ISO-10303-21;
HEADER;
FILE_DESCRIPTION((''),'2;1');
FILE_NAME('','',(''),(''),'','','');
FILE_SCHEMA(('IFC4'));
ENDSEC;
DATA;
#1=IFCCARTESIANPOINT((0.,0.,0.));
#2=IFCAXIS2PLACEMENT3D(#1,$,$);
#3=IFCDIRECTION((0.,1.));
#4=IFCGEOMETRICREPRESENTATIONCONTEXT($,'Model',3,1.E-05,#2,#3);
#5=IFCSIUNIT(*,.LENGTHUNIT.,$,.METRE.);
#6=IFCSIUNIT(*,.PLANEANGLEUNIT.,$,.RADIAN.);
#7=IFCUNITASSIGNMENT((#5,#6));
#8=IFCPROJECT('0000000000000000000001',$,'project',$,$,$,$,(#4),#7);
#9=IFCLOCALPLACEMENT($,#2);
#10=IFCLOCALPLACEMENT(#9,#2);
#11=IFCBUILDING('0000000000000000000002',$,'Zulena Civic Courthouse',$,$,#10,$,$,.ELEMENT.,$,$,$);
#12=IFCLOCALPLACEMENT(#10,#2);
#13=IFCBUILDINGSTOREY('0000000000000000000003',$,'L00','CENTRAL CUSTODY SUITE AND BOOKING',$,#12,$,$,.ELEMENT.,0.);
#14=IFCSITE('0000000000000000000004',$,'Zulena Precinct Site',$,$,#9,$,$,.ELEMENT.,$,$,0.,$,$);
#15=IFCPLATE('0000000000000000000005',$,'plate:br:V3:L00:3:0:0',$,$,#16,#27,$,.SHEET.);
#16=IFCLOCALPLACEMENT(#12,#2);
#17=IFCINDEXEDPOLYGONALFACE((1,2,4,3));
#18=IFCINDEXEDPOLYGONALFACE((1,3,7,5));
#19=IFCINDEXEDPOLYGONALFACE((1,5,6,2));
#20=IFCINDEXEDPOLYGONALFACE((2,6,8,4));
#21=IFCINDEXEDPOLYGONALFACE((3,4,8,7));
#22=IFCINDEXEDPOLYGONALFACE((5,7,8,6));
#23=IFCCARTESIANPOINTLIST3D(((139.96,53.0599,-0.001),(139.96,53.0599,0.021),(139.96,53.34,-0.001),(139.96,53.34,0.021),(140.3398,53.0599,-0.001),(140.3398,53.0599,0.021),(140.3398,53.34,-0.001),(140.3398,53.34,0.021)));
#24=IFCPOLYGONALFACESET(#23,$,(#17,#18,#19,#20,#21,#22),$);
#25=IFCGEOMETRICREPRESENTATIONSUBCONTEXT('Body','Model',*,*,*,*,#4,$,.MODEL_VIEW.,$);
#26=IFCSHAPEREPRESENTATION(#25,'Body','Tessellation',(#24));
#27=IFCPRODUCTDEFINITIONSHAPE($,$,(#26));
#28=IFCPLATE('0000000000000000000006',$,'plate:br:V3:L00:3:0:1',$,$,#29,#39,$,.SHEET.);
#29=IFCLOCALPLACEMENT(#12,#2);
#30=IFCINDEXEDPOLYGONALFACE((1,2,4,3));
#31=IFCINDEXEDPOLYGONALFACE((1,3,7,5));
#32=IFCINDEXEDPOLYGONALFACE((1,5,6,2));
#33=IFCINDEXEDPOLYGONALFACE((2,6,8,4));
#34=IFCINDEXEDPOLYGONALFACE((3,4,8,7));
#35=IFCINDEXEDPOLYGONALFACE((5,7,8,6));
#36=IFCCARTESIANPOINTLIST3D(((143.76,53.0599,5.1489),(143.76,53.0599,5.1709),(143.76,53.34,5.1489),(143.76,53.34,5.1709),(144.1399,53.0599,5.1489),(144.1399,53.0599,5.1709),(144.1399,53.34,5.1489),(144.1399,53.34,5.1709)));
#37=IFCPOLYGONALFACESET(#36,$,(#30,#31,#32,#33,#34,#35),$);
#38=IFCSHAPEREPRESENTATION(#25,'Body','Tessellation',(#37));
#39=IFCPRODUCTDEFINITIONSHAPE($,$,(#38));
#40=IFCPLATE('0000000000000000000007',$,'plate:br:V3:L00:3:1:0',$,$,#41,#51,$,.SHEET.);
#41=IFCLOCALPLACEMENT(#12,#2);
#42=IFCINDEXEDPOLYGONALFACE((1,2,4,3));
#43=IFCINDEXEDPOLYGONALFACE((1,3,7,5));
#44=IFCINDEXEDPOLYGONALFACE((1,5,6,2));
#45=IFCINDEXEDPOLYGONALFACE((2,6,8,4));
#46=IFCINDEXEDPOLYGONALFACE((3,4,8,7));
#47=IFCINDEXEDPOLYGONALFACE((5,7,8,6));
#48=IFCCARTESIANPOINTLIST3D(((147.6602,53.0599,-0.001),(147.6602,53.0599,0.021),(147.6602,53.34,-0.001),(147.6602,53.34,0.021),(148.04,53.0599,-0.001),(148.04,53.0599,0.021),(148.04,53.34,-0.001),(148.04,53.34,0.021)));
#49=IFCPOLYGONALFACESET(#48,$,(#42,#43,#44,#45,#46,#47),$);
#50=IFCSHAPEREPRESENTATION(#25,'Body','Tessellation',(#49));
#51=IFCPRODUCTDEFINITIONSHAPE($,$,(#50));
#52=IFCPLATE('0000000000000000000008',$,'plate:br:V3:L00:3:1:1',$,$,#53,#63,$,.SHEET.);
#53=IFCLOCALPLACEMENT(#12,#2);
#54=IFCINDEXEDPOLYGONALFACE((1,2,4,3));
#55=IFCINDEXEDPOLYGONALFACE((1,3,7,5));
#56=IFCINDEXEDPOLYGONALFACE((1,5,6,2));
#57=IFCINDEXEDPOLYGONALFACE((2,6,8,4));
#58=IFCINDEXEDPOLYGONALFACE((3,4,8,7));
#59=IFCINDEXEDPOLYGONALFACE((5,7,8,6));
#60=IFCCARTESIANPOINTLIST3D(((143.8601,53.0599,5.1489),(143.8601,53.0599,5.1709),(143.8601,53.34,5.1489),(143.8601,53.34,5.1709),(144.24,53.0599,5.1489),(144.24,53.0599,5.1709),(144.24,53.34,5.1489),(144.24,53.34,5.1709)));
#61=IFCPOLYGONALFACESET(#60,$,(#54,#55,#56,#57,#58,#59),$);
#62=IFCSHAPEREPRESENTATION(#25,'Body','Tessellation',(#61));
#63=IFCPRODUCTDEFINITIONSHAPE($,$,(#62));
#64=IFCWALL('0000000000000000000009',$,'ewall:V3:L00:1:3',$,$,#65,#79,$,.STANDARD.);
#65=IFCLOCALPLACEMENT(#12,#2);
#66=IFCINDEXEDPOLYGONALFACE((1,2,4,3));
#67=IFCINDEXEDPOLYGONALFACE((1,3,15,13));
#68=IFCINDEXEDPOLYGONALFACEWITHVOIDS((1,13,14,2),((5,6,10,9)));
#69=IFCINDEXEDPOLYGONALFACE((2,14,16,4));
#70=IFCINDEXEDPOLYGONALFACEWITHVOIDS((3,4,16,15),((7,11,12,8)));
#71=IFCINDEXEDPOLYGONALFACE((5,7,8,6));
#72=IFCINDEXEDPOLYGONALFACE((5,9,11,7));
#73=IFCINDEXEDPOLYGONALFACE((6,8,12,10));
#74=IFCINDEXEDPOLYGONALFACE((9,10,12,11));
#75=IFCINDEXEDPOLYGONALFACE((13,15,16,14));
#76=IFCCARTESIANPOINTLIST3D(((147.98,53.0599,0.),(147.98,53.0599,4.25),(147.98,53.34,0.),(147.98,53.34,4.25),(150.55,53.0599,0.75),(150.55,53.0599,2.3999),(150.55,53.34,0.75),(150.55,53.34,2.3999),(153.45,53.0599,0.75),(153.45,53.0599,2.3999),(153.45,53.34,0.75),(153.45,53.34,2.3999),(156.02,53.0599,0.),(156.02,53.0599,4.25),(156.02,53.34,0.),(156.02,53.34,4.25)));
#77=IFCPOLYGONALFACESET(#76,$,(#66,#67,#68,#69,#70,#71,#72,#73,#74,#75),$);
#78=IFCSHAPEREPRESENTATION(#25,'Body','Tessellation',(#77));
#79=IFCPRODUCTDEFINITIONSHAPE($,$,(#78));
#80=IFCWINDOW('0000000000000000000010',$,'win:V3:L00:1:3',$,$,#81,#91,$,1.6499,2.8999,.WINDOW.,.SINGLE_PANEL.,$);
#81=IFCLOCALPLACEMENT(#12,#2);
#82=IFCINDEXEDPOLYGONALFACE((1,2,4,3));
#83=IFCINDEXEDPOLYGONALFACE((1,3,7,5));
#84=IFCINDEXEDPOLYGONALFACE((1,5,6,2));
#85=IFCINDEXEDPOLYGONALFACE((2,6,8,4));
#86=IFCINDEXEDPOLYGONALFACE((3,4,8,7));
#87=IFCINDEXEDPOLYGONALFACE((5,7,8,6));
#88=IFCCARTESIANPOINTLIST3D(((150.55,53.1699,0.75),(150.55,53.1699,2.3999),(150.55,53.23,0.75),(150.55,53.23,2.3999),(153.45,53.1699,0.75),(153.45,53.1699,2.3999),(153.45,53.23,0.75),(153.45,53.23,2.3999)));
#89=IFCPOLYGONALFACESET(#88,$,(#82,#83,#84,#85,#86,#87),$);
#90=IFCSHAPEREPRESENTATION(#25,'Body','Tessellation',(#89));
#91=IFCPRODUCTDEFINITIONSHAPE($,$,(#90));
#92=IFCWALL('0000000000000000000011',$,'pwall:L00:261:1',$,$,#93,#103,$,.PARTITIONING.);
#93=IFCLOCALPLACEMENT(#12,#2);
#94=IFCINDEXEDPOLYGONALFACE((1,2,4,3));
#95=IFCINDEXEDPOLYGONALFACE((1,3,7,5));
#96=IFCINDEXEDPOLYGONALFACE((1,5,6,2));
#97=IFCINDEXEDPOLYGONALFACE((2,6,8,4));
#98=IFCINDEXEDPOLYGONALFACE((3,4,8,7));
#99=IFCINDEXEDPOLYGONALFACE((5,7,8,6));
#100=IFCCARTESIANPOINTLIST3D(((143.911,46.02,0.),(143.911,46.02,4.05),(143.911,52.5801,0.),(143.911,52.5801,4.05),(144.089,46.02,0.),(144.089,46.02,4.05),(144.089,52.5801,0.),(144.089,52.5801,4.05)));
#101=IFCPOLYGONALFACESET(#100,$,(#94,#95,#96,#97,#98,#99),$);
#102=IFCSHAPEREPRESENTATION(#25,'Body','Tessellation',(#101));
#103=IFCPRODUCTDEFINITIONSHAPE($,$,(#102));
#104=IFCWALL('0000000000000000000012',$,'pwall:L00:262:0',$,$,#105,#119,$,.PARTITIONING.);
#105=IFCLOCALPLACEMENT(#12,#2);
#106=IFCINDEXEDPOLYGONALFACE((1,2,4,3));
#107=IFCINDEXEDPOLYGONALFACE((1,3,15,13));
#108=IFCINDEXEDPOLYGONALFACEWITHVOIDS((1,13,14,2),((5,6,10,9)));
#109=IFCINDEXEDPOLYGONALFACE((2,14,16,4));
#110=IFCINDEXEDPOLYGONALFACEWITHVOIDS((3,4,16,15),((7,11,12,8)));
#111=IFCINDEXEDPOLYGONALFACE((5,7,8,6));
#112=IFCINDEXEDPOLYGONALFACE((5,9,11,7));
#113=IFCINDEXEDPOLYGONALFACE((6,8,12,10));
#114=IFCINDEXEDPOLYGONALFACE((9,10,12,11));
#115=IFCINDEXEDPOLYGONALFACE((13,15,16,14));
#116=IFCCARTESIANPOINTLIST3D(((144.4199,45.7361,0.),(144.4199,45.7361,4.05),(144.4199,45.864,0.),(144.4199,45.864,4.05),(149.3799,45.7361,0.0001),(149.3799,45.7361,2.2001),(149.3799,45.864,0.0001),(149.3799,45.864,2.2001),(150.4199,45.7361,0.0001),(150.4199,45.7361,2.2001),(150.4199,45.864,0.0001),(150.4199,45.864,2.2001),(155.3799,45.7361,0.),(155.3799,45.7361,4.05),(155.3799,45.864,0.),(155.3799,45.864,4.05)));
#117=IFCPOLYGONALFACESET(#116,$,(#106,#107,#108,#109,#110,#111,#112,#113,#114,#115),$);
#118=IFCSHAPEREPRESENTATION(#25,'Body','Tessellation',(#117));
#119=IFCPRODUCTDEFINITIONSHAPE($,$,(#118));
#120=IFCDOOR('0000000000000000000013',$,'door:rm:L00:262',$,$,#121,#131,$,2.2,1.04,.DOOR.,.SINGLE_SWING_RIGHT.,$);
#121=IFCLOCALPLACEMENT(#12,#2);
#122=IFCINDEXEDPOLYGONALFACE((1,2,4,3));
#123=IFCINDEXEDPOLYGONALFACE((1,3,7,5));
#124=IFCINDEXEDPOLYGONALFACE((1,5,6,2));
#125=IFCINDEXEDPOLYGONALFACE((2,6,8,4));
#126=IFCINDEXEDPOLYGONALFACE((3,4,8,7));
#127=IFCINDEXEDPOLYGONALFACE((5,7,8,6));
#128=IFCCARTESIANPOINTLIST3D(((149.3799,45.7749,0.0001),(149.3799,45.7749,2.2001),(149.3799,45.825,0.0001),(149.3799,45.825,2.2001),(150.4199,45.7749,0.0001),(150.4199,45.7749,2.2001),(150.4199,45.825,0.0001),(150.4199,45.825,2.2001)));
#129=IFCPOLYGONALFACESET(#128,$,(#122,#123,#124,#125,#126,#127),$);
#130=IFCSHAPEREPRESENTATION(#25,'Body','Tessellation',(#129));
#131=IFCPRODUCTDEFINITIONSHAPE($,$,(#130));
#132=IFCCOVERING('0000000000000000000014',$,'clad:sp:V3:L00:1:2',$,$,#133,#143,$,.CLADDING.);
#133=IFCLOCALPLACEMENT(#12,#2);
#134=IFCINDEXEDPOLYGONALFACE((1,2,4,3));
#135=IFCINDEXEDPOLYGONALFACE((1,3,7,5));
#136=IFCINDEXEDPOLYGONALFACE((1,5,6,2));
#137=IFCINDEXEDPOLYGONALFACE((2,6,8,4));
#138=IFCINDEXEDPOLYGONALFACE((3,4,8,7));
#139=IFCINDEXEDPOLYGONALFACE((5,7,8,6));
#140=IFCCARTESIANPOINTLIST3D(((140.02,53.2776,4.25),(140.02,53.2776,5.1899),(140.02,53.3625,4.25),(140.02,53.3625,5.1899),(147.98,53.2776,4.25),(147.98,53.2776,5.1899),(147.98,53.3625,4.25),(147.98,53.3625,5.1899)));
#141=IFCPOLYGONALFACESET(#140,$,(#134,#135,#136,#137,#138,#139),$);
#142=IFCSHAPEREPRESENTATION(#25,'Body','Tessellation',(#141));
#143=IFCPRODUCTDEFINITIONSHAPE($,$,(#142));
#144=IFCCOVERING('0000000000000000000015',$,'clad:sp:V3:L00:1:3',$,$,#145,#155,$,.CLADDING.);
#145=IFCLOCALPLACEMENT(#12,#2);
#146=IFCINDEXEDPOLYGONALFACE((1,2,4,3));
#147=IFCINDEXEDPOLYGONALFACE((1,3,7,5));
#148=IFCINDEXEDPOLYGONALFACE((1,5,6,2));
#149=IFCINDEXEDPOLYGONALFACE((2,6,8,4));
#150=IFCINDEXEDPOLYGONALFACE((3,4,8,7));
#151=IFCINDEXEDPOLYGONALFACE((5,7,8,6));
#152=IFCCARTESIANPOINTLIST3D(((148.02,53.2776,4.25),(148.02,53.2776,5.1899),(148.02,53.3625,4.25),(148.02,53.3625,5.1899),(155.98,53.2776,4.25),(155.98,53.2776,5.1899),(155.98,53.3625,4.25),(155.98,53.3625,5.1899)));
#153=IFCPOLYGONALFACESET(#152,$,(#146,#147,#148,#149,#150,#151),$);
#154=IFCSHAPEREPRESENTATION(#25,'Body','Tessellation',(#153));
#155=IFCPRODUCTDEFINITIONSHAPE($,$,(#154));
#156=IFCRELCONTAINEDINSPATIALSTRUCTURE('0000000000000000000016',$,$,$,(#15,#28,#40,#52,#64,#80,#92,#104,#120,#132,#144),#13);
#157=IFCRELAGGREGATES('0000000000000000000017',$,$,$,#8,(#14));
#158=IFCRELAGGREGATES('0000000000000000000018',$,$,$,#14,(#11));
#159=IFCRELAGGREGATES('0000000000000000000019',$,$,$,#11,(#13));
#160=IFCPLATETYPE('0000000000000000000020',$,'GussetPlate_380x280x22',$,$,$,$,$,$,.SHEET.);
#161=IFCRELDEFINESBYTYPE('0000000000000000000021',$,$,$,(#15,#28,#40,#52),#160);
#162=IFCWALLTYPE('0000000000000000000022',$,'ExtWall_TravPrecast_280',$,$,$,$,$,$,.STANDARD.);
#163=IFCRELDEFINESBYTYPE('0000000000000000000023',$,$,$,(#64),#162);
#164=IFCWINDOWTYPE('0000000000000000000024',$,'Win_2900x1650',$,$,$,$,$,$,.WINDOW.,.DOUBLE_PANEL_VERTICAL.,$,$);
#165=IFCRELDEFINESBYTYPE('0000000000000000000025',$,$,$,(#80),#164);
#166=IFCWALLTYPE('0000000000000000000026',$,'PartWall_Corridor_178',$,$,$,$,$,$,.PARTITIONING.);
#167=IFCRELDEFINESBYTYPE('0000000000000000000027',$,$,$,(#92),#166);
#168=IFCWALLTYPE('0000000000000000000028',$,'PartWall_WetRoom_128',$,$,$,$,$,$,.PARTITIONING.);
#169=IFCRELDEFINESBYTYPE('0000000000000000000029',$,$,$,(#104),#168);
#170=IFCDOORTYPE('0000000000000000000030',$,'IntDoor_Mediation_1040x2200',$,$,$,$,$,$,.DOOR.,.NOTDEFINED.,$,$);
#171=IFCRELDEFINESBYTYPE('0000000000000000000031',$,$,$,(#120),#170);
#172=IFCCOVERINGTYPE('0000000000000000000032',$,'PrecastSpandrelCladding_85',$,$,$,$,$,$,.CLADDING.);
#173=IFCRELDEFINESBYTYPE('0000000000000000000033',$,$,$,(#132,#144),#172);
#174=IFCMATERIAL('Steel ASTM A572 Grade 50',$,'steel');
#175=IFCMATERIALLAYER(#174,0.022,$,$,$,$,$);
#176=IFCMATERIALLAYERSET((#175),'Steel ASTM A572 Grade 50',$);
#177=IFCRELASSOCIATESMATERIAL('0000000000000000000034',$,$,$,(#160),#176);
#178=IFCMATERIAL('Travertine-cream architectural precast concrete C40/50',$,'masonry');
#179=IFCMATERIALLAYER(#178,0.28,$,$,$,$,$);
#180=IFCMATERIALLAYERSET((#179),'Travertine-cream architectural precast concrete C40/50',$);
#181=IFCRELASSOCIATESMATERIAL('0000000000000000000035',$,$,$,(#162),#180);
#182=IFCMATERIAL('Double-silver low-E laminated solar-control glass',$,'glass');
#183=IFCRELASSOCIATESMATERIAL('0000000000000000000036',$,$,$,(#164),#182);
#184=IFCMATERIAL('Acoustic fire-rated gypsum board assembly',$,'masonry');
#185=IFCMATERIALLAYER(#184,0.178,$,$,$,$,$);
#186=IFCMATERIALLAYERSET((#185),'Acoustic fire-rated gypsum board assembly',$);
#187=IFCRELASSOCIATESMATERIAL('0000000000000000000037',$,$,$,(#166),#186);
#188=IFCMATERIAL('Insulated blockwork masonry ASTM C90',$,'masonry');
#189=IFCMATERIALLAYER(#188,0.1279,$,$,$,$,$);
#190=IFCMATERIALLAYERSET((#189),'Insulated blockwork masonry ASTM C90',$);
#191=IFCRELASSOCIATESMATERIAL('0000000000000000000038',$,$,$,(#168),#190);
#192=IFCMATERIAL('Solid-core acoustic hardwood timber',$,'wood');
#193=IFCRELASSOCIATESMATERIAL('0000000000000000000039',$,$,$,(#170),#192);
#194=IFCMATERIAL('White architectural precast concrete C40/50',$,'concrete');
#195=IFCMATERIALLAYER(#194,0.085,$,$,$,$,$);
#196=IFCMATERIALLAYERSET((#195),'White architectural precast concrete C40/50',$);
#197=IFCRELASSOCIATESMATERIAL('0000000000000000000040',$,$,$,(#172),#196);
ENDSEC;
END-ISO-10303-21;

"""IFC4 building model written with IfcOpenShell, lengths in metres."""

from ifc_helpers import new_model, si_unit, direction, frame, frame_2d, origin, origin_2d, place, context, subcontext, project, spatial, rectangle, extrude, material, layer, layer_set, type_object, element, fill, save


model = new_model("IFC4")

# Units and contexts
model_context = context("Model", 3, precision=1e-05, world=origin(), true_north=direction((0.0, 1.0)))
body_context = subcontext(model_context, "Body", "Model", "MODEL_VIEW")
ifc_project = project(units=[si_unit("LENGTHUNIT", "METRE"), si_unit("PLANEANGLEUNIT", "RADIAN")], contexts=[model_context])

# Site, building, storey
site_placement = place(None, origin())
site = spatial("IfcSite", under=ifc_project, at=site_placement, Name="Zulena Precinct Site", CompositionType="ELEMENT", RefElevation=0.0)
building_placement = place(site_placement, origin())
building = spatial("IfcBuilding", under=site, at=building_placement, Name="Zulena Civic Courthouse", CompositionType="ELEMENT")
storey_placement = place(building_placement, origin())
storey = spatial("IfcBuildingStorey", under=building, at=storey_placement, Name="L00", Description="CENTRAL CUSTODY SUITE AND BOOKING", CompositionType="ELEMENT", Elevation=0.0)

# Plates
ifc_material_1 = material(Name="Steel ASTM A572 Grade 50", Category="steel")
ifc_layer_1 = layer(ifc_material_1, 0.022)
ifc_layer_set_1 = layer_set([ifc_layer_1], Name="Steel ASTM A572 Grade 50")
plate_type = type_object("IfcPlateType", Name="GussetPlate_380x280x22", PredefinedType="SHEET", material=ifc_layer_set_1)
for number, where, z_axis, x_axis, name in (
    (1, (140.1499, 53.2, -0.001), (0.0, 0.0, 1.0), (1.0, 0.0, 0.0), "plate:br:V3:L00:3:0:0"),
    (2, (143.95, 53.2, 5.1489), (0.0, 0.0, 1.0), (1.0, 0.0, 0.0), "plate:br:V3:L00:3:0:1"),
    (3, (147.8501, 53.2, -0.001), (0.0, 0.0, 1.0), (1.0, 0.0, 0.0), "plate:br:V3:L00:3:1:0"),
    (4, (144.05, 53.2, 5.1489), (0.0, 0.0, 1.0), (1.0, 0.0, 0.0), "plate:br:V3:L00:3:1:1"),
):
    element("IfcPlate", number, at=place(storey_placement, frame(where, z_axis=z_axis, x_axis=x_axis)), inside=storey, type_object=plate_type, Name=name, PredefinedType="SHEET", context=body_context, shape_type="SweptSolid", body=[
        extrude(rectangle(XDim=0.3799, YDim=0.28, at=origin_2d()), origin(), (0.0, 0.0, 1.0), 0.022),
    ])

# Wall, opening, window
ifc_material_2 = material(Name="Travertine-cream architectural precast concrete C40/50", Category="masonry")
ifc_layer_2 = layer(ifc_material_2, 0.28)
ifc_layer_set_2 = layer_set([ifc_layer_2], Name="Travertine-cream architectural precast concrete C40/50")
wall_type_1 = type_object("IfcWallType", Name="ExtWall_TravPrecast_280", PredefinedType="STANDARD", material=ifc_layer_set_2)
wall_1_placement = place(storey_placement, frame((147.98, 53.2, 0.0), z_axis=(0.0, 0.0, 1.0), x_axis=(1.0, 0.0, 0.0)))
wall_1 = element("IfcWall", 5, at=wall_1_placement, inside=storey, type_object=wall_type_1, Name="ewall:V3:L00:1:3", PredefinedType="STANDARD", context=body_context, shape_type="SweptSolid", body=[
    extrude(rectangle(XDim=8.04, YDim=0.28, at=frame_2d((4.02, 0.0))), origin(), (0.0, 0.0, 1.0), 4.25),
])
opening_1_placement = place(wall_1_placement, frame((2.5701, 0.0, 0.75)))
opening_1 = element("IfcOpeningElement", 6, at=opening_1_placement, cuts=wall_1, PredefinedType="OPENING", context=body_context, shape_type="SweptSolid", body=[
    extrude(rectangle(XDim=2.8999, YDim=1.6499, at=frame_2d((1.45, 0.825))), frame((0.0, 0.1499, 0.0), z_axis=(0.0, -1.0, 0.0), x_axis=(1.0, 0.0, 0.0)), (0.0, 0.0, 1.0), 0.3),
])
ifc_material_3 = material(Name="Double-silver low-E laminated solar-control glass", Category="glass")
window_type = type_object("IfcWindowType", Name="Win_2900x1650", PartitioningType="DOUBLE_PANEL_VERTICAL", PredefinedType="WINDOW", material=ifc_material_3)
window_placement = place(opening_1_placement, origin())
window = element("IfcWindow", 7, at=window_placement, inside=storey, type_object=window_type, Name="win:V3:L00:1:3", OverallHeight=1.6499, OverallWidth=2.8999, PartitioningType="SINGLE_PANEL", PredefinedType="WINDOW", context=body_context, shape_type="SweptSolid", body=[
    extrude(rectangle(XDim=2.8999, YDim=1.6499, at=frame_2d((1.45, 0.825))), frame((0.0, 0.03, 0.0), z_axis=(0.0, -1.0, 0.0), x_axis=(1.0, 0.0, 0.0)), (0.0, 0.0, 1.0), 0.0601),
])
fill(opening_1, window)

# Wall
ifc_material_4 = material(Name="Acoustic fire-rated gypsum board assembly", Category="masonry")
ifc_layer_3 = layer(ifc_material_4, 0.178)
ifc_layer_set_3 = layer_set([ifc_layer_3], Name="Acoustic fire-rated gypsum board assembly")
wall_type_2 = type_object("IfcWallType", Name="PartWall_Corridor_178", PredefinedType="PARTITIONING", material=ifc_layer_set_3)
wall_2_placement = place(storey_placement, frame((144.0, 46.02, 0.0), z_axis=(0.0, 0.0, 1.0), x_axis=(0.0, 1.0, 0.0)))
element("IfcWall", 8, at=wall_2_placement, inside=storey, type_object=wall_type_2, Name="pwall:L00:261:1", PredefinedType="PARTITIONING", context=body_context, shape_type="SweptSolid", body=[
    extrude(rectangle(XDim=6.5601, YDim=0.178, at=frame_2d((3.28, 0.0))), origin(), (0.0, 0.0, 1.0), 4.05),
])

# Wall, opening, door
ifc_material_5 = material(Name="Insulated blockwork masonry ASTM C90", Category="masonry")
ifc_layer_4 = layer(ifc_material_5, 0.1279)
ifc_layer_set_4 = layer_set([ifc_layer_4], Name="Insulated blockwork masonry ASTM C90")
wall_type_3 = type_object("IfcWallType", Name="PartWall_WetRoom_128", PredefinedType="PARTITIONING", material=ifc_layer_set_4)
wall_3_placement = place(storey_placement, frame((144.4199, 45.8, 0.0), z_axis=(0.0, 0.0, 1.0), x_axis=(1.0, 0.0, 0.0)))
wall_3 = element("IfcWall", 9, at=wall_3_placement, inside=storey, type_object=wall_type_3, Name="pwall:L00:262:0", PredefinedType="PARTITIONING", context=body_context, shape_type="SweptSolid", body=[
    extrude(rectangle(XDim=10.96, YDim=0.1279, at=frame_2d((5.48, 0.0))), origin(), (0.0, 0.0, 1.0), 4.05),
])
opening_2_placement = place(wall_3_placement, frame((4.96, 0.0, 0.0)))
opening_2 = element("IfcOpeningElement", 10, at=opening_2_placement, cuts=wall_3, PredefinedType="OPENING", context=body_context, shape_type="SweptSolid", body=[
    extrude(rectangle(XDim=1.04, YDim=2.2, at=frame_2d((0.52, 1.1001))), frame((0.0, 0.074, 0.0), z_axis=(0.0, -1.0, 0.0), x_axis=(1.0, 0.0, 0.0)), (0.0, 0.0, 1.0), 0.1479),
])
ifc_material_6 = material(Name="Solid-core acoustic hardwood timber", Category="wood")
door_type = type_object("IfcDoorType", Name="IntDoor_Mediation_1040x2200", OperationType="NOTDEFINED", PredefinedType="DOOR", material=ifc_material_6)
door_placement = place(opening_2_placement, origin())
door = element("IfcDoor", 11, at=door_placement, inside=storey, type_object=door_type, Name="door:rm:L00:262", OperationType="SINGLE_SWING_RIGHT", OverallHeight=2.2, OverallWidth=1.04, PredefinedType="DOOR", context=body_context, shape_type="SweptSolid", body=[
    extrude(rectangle(XDim=1.04, YDim=2.2, at=frame_2d((0.52, 1.1001))), frame((0.0, 0.0249, 0.0), z_axis=(0.0, -1.0, 0.0), x_axis=(1.0, 0.0, 0.0)), (0.0, 0.0, 1.0), 0.05),
])
fill(opening_2, door)

# Coverings
ifc_material_7 = material(Name="White architectural precast concrete C40/50", Category="concrete")
ifc_layer_5 = layer(ifc_material_7, 0.085)
ifc_layer_set_5 = layer_set([ifc_layer_5], Name="White architectural precast concrete C40/50")
covering_type = type_object("IfcCoveringType", Name="PrecastSpandrelCladding_85", PredefinedType="CLADDING", material=ifc_layer_set_5)
for number, where, z_axis, x_axis, name in (
    (12, (144.0, 53.3201, 4.25), (0.0, 0.0, 1.0), (1.0, 0.0, 0.0), "clad:sp:V3:L00:1:2"),
    (13, (152.0, 53.3201, 4.25), (0.0, 0.0, 1.0), (1.0, 0.0, 0.0), "clad:sp:V3:L00:1:3"),
):
    element("IfcCovering", number, at=place(storey_placement, frame(where, z_axis=z_axis, x_axis=x_axis)), inside=storey, type_object=covering_type, Name=name, PredefinedType="CLADDING", context=body_context, shape_type="SweptSolid", body=[
        extrude(rectangle(XDim=7.96, YDim=0.085, at=origin_2d()), origin(), (0.0, 0.0, 1.0), 0.9399),
    ])

save(model, "model.ifc")
